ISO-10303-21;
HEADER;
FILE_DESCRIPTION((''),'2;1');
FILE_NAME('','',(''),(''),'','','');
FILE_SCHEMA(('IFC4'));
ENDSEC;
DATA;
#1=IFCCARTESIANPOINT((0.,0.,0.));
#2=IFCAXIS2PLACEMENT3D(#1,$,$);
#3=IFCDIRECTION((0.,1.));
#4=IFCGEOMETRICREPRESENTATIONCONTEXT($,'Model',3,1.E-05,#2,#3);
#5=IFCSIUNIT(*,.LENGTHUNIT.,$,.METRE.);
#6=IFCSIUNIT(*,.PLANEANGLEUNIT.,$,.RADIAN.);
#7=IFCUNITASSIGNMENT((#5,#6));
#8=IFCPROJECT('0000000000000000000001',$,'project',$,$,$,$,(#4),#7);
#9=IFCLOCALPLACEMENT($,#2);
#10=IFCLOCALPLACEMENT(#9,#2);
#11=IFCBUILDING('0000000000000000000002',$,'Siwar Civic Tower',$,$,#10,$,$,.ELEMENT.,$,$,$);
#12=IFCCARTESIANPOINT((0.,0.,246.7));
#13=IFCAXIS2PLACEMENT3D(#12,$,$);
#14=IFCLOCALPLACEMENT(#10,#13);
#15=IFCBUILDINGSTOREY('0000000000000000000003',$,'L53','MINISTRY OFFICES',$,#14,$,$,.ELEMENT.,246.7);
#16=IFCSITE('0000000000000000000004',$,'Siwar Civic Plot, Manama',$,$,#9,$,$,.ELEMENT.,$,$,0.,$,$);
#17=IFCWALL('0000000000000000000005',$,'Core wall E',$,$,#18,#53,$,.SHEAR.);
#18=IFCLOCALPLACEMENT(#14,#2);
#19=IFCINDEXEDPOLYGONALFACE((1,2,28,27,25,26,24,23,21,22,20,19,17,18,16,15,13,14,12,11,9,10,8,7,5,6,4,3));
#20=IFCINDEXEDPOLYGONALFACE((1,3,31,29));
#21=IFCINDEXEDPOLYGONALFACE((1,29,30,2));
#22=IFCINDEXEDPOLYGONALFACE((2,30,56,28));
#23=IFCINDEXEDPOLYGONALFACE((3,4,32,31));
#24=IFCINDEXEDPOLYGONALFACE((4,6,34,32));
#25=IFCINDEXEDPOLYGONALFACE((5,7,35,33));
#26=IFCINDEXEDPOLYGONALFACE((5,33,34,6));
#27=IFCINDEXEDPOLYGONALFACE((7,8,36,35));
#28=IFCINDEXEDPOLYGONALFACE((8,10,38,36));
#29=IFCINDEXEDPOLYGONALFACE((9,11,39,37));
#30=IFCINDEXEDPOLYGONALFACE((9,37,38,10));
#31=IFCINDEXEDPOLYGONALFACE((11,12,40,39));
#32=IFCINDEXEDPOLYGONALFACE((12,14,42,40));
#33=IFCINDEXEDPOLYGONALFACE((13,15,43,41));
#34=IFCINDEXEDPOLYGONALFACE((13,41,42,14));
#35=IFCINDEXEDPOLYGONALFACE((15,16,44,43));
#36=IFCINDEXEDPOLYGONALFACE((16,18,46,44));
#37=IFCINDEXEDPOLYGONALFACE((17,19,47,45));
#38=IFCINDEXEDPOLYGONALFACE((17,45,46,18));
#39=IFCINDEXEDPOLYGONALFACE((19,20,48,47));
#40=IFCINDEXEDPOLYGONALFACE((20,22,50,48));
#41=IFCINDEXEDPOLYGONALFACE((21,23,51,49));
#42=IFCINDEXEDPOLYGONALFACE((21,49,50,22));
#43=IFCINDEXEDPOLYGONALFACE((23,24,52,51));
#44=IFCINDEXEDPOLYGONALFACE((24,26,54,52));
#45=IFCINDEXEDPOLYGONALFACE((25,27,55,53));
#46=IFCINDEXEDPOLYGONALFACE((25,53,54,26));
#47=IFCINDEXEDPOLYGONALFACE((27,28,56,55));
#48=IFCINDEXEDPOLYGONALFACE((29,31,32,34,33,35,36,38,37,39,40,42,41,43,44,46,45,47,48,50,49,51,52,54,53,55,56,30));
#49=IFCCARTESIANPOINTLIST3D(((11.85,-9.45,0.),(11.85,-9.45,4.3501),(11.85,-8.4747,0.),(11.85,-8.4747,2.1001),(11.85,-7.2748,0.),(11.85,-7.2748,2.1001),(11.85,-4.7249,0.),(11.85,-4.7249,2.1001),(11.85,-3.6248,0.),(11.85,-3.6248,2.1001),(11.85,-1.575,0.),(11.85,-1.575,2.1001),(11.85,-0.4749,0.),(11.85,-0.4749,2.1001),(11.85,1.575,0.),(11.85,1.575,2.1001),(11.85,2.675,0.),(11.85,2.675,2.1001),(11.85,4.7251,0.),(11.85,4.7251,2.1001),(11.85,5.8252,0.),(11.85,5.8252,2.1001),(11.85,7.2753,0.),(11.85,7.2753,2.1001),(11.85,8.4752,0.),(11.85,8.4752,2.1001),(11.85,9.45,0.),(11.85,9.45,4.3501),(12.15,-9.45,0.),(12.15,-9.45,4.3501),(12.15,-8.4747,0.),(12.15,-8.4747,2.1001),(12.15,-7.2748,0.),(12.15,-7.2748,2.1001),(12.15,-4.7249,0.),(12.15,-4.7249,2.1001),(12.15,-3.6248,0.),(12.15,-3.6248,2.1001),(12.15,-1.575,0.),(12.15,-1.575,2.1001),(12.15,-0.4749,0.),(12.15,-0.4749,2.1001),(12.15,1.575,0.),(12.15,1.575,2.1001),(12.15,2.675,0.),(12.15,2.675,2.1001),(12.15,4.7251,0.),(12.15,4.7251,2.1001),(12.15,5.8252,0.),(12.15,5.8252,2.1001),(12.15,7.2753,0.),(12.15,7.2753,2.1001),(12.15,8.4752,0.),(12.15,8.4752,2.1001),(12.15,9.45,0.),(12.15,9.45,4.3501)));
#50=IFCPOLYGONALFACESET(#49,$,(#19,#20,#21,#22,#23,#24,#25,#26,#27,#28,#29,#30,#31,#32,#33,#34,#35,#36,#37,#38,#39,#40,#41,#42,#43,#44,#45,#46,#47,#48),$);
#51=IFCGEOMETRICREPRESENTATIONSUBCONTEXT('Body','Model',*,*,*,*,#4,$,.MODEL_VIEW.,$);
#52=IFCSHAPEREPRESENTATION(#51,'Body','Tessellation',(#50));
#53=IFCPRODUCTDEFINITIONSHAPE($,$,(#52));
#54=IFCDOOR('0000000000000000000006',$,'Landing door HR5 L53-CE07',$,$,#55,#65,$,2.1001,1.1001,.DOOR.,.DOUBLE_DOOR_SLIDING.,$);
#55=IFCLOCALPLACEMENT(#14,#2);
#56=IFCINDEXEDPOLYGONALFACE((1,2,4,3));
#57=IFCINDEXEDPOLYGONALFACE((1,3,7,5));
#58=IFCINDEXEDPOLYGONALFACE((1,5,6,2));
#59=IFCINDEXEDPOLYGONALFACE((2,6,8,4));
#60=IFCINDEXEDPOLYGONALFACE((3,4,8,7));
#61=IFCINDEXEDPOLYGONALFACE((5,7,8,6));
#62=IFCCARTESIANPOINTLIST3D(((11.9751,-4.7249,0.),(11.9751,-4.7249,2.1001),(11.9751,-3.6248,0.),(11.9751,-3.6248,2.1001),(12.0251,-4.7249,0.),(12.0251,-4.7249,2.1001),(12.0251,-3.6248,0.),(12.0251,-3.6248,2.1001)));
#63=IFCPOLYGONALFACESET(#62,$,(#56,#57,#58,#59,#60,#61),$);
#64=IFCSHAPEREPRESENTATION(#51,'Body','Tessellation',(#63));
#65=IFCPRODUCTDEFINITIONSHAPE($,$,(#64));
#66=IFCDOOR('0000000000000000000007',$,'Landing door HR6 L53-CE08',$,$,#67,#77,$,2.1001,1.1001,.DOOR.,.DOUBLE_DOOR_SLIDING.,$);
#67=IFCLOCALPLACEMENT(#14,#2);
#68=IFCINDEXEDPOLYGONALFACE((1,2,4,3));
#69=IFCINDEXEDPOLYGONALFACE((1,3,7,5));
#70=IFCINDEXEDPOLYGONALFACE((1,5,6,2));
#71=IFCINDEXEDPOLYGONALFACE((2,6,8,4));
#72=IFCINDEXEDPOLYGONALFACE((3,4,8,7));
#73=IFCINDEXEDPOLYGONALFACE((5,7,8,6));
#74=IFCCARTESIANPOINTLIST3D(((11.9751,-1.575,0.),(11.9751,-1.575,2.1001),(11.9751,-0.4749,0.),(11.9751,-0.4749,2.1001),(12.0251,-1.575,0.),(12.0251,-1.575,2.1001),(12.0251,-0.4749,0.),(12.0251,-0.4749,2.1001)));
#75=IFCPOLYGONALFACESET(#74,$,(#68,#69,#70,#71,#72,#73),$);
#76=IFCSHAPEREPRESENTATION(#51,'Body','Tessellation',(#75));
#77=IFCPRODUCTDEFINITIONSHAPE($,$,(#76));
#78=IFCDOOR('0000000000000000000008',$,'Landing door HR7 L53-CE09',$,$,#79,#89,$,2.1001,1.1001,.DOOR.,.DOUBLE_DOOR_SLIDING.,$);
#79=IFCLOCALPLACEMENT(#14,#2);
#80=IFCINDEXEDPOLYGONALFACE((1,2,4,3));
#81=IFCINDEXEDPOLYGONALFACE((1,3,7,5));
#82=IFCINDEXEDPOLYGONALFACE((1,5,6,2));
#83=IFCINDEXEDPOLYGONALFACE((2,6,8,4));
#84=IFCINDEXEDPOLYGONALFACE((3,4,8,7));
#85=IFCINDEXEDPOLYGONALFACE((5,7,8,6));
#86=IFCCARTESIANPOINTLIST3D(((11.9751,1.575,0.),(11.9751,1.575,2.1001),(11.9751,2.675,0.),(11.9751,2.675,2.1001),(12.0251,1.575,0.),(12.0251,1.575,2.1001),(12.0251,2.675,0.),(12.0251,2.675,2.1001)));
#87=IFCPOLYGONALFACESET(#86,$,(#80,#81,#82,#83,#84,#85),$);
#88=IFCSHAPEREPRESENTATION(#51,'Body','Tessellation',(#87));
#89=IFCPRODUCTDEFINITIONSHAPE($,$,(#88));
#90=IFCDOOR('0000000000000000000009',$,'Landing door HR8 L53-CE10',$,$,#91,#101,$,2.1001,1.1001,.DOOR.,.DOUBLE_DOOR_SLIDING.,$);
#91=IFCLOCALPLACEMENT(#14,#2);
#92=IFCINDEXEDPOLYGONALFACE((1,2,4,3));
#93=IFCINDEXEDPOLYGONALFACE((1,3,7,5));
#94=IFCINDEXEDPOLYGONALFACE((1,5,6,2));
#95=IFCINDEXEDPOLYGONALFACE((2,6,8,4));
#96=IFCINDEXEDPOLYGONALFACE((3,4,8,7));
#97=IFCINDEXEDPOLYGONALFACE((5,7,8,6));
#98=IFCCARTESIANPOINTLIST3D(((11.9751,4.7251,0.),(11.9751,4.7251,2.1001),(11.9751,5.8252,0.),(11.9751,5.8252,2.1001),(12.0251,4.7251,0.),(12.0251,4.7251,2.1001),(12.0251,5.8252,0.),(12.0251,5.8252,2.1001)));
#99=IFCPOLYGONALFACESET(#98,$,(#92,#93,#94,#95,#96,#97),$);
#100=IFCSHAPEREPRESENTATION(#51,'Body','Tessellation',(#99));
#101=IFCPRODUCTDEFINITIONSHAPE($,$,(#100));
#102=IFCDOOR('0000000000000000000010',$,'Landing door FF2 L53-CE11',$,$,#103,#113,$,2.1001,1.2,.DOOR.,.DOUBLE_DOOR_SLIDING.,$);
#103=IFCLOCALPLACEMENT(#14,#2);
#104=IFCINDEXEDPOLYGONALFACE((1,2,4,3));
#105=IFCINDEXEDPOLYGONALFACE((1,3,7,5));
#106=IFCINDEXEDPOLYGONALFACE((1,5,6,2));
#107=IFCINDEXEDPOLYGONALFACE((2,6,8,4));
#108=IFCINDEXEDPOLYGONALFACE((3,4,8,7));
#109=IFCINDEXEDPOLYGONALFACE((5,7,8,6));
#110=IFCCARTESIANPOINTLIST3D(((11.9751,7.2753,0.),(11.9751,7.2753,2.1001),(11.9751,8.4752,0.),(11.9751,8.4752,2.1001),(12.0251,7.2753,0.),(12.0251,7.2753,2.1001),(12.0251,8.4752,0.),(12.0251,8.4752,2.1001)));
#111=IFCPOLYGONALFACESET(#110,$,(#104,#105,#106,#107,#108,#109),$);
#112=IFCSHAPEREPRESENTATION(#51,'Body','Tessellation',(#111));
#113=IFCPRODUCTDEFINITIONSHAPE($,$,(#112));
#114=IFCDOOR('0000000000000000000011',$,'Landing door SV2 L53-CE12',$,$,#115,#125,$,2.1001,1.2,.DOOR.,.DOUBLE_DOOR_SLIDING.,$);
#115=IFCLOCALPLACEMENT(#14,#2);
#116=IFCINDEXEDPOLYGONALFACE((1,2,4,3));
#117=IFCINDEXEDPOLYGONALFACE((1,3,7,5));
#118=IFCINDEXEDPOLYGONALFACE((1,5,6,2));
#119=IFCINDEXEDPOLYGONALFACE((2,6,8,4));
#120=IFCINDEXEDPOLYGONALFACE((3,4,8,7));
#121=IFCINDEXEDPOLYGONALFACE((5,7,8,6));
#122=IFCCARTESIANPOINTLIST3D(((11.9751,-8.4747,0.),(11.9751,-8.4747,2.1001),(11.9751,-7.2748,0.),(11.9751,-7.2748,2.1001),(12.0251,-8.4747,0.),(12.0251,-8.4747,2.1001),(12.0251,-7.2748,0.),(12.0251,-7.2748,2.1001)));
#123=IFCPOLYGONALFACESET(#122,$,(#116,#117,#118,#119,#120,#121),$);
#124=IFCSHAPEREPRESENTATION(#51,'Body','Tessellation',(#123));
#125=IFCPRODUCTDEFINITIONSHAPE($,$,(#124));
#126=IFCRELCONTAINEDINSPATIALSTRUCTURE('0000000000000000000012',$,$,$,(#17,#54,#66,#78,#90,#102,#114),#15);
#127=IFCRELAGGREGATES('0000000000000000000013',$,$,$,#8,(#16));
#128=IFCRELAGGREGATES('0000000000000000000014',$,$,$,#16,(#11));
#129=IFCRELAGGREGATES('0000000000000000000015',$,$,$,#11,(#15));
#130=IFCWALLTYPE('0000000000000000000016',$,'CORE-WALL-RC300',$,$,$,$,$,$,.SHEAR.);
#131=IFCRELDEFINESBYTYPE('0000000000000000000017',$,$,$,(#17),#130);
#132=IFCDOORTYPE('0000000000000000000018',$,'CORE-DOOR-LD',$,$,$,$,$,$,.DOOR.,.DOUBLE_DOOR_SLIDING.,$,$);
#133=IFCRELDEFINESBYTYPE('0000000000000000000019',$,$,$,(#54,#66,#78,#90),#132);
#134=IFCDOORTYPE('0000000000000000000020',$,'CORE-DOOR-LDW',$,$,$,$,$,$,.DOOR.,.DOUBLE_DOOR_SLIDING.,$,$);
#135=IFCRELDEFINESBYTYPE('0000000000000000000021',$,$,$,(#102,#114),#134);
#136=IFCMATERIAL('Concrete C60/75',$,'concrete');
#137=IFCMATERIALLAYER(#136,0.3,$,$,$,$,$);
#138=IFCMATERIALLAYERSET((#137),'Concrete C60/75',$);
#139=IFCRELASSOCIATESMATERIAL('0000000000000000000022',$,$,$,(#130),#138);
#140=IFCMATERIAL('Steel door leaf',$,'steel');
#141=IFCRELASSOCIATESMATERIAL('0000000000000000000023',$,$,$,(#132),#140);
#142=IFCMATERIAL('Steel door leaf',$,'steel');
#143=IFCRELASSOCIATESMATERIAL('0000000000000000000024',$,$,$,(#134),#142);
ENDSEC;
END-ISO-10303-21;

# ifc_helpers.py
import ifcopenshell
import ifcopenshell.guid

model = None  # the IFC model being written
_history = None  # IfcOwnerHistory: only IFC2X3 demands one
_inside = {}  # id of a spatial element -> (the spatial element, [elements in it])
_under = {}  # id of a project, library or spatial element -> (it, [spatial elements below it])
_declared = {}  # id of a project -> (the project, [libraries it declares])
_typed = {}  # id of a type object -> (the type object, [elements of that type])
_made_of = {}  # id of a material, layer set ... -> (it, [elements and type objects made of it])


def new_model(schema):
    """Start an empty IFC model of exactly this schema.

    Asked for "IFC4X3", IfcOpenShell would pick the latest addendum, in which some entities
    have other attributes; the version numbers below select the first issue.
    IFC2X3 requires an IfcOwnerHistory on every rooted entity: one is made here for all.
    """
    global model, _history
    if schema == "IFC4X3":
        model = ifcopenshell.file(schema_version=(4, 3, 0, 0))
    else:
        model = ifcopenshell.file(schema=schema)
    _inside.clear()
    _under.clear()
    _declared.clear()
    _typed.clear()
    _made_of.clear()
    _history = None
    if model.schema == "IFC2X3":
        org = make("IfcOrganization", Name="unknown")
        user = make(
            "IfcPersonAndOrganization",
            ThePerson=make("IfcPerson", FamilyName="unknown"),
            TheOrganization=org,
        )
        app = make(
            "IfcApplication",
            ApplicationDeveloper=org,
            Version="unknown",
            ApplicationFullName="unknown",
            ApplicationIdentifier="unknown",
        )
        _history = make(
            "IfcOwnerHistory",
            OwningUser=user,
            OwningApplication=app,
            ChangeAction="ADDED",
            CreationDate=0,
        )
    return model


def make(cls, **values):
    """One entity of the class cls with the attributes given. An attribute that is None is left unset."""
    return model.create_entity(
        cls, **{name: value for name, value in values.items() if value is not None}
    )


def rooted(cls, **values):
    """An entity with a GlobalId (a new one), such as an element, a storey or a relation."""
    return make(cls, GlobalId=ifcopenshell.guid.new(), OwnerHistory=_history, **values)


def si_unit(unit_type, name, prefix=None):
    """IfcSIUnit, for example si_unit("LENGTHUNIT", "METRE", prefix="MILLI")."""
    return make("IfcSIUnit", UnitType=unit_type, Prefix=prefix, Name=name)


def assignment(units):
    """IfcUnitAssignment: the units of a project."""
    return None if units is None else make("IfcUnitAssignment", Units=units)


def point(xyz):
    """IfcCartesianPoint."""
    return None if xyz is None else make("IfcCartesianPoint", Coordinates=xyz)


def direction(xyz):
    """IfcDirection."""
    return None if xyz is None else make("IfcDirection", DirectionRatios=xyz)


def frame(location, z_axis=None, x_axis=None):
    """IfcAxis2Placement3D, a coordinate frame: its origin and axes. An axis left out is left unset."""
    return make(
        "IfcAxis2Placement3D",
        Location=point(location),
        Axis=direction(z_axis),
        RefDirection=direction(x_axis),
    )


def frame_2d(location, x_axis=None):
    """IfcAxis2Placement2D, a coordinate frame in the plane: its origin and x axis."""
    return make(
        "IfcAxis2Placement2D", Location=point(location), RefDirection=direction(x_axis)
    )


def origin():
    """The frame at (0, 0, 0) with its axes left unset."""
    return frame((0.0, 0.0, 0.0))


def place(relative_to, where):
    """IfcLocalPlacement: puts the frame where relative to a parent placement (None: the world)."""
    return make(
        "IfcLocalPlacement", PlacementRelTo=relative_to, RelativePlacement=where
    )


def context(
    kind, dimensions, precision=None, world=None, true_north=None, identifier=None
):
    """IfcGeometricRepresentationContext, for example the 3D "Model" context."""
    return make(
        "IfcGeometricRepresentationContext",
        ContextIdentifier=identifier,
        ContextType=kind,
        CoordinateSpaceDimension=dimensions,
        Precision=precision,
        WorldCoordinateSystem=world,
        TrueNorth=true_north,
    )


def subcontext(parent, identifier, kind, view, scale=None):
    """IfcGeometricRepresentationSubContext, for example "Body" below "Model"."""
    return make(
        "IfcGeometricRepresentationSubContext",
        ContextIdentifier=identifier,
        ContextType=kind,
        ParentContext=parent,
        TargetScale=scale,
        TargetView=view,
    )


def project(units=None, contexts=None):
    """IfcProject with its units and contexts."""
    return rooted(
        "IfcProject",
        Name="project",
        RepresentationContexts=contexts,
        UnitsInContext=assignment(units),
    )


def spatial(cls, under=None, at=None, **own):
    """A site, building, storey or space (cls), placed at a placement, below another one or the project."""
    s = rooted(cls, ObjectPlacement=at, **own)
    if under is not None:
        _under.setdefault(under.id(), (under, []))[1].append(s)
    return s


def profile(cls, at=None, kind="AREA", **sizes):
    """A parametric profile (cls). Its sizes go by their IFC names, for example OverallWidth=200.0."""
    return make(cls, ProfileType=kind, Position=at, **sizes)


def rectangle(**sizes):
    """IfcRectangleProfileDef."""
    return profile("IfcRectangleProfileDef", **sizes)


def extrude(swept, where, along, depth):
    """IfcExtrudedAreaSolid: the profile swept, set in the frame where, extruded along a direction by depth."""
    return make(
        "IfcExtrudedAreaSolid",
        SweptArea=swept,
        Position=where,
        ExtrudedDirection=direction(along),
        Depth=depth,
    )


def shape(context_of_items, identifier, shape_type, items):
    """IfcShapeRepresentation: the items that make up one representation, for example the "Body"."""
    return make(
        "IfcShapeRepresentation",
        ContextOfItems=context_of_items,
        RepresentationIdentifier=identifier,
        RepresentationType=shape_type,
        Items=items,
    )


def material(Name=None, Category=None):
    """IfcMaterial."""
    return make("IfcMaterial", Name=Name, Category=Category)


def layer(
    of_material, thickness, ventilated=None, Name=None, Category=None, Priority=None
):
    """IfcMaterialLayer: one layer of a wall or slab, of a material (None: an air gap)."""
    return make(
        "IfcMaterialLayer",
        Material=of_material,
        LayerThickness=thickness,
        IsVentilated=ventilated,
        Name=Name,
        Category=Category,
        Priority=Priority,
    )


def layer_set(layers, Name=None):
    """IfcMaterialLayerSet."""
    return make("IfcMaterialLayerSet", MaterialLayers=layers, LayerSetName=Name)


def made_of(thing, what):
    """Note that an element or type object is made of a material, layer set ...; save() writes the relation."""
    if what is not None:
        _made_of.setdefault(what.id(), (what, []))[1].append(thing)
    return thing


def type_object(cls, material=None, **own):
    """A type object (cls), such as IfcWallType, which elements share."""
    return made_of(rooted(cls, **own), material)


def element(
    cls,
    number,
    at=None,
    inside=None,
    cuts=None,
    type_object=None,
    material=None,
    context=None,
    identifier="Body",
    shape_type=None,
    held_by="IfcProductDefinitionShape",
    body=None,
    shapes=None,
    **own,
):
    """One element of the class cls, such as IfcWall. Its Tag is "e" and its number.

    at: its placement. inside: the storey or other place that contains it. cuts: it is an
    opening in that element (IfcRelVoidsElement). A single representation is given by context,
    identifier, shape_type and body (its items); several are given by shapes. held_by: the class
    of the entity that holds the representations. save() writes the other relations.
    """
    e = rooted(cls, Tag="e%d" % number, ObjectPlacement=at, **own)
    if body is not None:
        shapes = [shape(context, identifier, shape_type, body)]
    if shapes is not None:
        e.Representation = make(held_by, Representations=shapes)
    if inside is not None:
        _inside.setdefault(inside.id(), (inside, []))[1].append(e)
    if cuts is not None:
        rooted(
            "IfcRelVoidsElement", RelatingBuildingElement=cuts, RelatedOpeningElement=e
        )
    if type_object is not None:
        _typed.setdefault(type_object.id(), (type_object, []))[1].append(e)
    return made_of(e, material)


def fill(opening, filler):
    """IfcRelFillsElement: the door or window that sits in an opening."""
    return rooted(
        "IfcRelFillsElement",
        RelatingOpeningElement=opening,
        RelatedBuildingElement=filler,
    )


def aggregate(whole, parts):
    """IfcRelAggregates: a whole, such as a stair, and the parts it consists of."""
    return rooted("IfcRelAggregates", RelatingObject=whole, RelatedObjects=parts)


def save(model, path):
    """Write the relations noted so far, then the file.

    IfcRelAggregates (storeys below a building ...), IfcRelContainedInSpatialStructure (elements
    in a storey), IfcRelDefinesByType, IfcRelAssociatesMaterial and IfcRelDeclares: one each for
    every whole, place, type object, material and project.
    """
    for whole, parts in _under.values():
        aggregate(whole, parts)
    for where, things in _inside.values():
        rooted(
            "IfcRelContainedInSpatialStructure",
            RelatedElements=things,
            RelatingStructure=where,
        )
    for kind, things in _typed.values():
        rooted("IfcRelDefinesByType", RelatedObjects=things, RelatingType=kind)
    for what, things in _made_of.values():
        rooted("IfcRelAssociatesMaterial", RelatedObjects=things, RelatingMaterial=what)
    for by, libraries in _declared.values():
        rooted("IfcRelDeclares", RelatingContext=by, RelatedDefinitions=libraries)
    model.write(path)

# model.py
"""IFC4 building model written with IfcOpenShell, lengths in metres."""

from ifc_helpers import new_model, si_unit, direction, frame, frame_2d, origin, place, context, subcontext, project, spatial, rectangle, extrude, material, layer, layer_set, type_object, element, fill, save


model = new_model("IFC4")

# Units and contexts
model_context = context("Model", 3, precision=1e-05, world=origin(), true_north=direction((0.0, 1.0)))
body_context = subcontext(model_context, "Body", "Model", "MODEL_VIEW")
ifc_project = project(units=[si_unit("LENGTHUNIT", "METRE"), si_unit("PLANEANGLEUNIT", "RADIAN")], contexts=[model_context])

# Site, building, storey
site_placement = place(None, origin())
site = spatial("IfcSite", under=ifc_project, at=site_placement, Name="Siwar Civic Plot, Manama", CompositionType="ELEMENT", RefElevation=0.0)
building_placement = place(site_placement, origin())
building = spatial("IfcBuilding", under=site, at=building_placement, Name="Siwar Civic Tower", CompositionType="ELEMENT")
storey_placement = place(building_placement, frame((0.0, 0.0, 246.7)))
storey = spatial("IfcBuildingStorey", under=building, at=storey_placement, Name="L53", Description="MINISTRY OFFICES", CompositionType="ELEMENT", Elevation=246.7)

# Wall, openings, doors
ifc_material_1 = material(Name="Concrete C60/75", Category="concrete")
ifc_layer_1 = layer(ifc_material_1, 0.3)
ifc_layer_set_1 = layer_set([ifc_layer_1], Name="Concrete C60/75")
wall_type_1 = type_object("IfcWallType", Name="CORE-WALL-RC300", PredefinedType="SHEAR", material=ifc_layer_set_1)
wall_1_placement = place(storey_placement, frame((12.0, -9.45, 0.0), z_axis=(0.0, 0.0, 1.0), x_axis=(0.0, 1.0, 0.0)))
wall_1 = element("IfcWall", 1, at=wall_1_placement, inside=storey, type_object=wall_type_1, Name="Core wall E", PredefinedType="SHEAR", context=body_context, shape_type="SweptSolid", body=[
    extrude(rectangle(XDim=18.8999, YDim=0.3, at=frame_2d((9.45, 0.0))), origin(), (0.0, 0.0, 1.0), 4.3501),
])
opening_1_placement = place(wall_1_placement, frame((4.7251, 0.0, 0.0)))
opening_1 = element("IfcOpeningElement", 2, at=opening_1_placement, cuts=wall_1, PredefinedType="OPENING", context=body_context, shape_type="SweptSolid", body=[
    extrude(rectangle(XDim=1.1001, YDim=2.1001, at=frame_2d((0.55, 1.05))), frame((0.0, 0.1602, 0.0), z_axis=(0.0, -1.0, 0.0), x_axis=(1.0, 0.0, 0.0)), (0.0, 0.0, 1.0), 0.3201),
])
opening_2_placement = place(wall_1_placement, frame((7.875, 0.0, 0.0)))
opening_2 = element("IfcOpeningElement", 3, at=opening_2_placement, cuts=wall_1, PredefinedType="OPENING", context=body_context, shape_type="SweptSolid", body=[
    extrude(rectangle(XDim=1.1001, YDim=2.1001, at=frame_2d((0.55, 1.05))), frame((0.0, 0.1602, 0.0), z_axis=(0.0, -1.0, 0.0), x_axis=(1.0, 0.0, 0.0)), (0.0, 0.0, 1.0), 0.3201),
])
opening_3_placement = place(wall_1_placement, frame((11.0249, 0.0, 0.0)))
opening_3 = element("IfcOpeningElement", 4, at=opening_3_placement, cuts=wall_1, PredefinedType="OPENING", context=body_context, shape_type="SweptSolid", body=[
    extrude(rectangle(XDim=1.1001, YDim=2.1001, at=frame_2d((0.55, 1.05))), frame((0.0, 0.1602, 0.0), z_axis=(0.0, -1.0, 0.0), x_axis=(1.0, 0.0, 0.0)), (0.0, 0.0, 1.0), 0.3201),
])
opening_4_placement = place(wall_1_placement, frame((14.175, 0.0, 0.0)))
opening_4 = element("IfcOpeningElement", 5, at=opening_4_placement, cuts=wall_1, PredefinedType="OPENING", context=body_context, shape_type="SweptSolid", body=[
    extrude(rectangle(XDim=1.1001, YDim=2.1001, at=frame_2d((0.55, 1.05))), frame((0.0, 0.1602, 0.0), z_axis=(0.0, -1.0, 0.0), x_axis=(1.0, 0.0, 0.0)), (0.0, 0.0, 1.0), 0.3201),
])
opening_5_placement = place(wall_1_placement, frame((16.7251, 0.0, 0.0)))
opening_5 = element("IfcOpeningElement", 6, at=opening_5_placement, cuts=wall_1, PredefinedType="OPENING", context=body_context, shape_type="SweptSolid", body=[
    extrude(rectangle(XDim=1.2, YDim=2.1001, at=frame_2d((0.6001, 1.05))), frame((0.0, 0.1602, 0.0), z_axis=(0.0, -1.0, 0.0), x_axis=(1.0, 0.0, 0.0)), (0.0, 0.0, 1.0), 0.3201),
])
opening_6_placement = place(wall_1_placement, frame((0.9751, 0.0, 0.0)))
opening_6 = element("IfcOpeningElement", 7, at=opening_6_placement, cuts=wall_1, PredefinedType="OPENING", context=body_context, shape_type="SweptSolid", body=[
    extrude(rectangle(XDim=1.2, YDim=2.1001, at=frame_2d((0.6001, 1.05))), frame((0.0, 0.1602, 0.0), z_axis=(0.0, -1.0, 0.0), x_axis=(1.0, 0.0, 0.0)), (0.0, 0.0, 1.0), 0.3201),
])
ifc_material_2 = material(Name="Steel door leaf", Category="steel")
door_type_1 = type_object("IfcDoorType", Name="CORE-DOOR-LD", OperationType="DOUBLE_DOOR_SLIDING", PredefinedType="DOOR", material=ifc_material_2)
door_1_placement = place(opening_1_placement, origin())
door_1 = element("IfcDoor", 8, at=door_1_placement, inside=storey, type_object=door_type_1, Name="Landing door HR5 L53-CE07", OperationType="DOUBLE_DOOR_SLIDING", OverallHeight=2.1001, OverallWidth=1.1001, PredefinedType="DOOR", context=body_context, shape_type="SweptSolid", body=[
    extrude(rectangle(XDim=1.1001, YDim=2.1001, at=frame_2d((0.55, 1.05))), frame((0.0, 0.0249, 0.0), z_axis=(0.0, -1.0, 0.0), x_axis=(1.0, 0.0, 0.0)), (0.0, 0.0, 1.0), 0.05),
])
fill(opening_1, door_1)
door_2_placement = place(opening_2_placement, origin())
door_2 = element("IfcDoor", 9, at=door_2_placement, inside=storey, type_object=door_type_1, Name="Landing door HR6 L53-CE08", OperationType="DOUBLE_DOOR_SLIDING", OverallHeight=2.1001, OverallWidth=1.1001, PredefinedType="DOOR", context=body_context, shape_type="SweptSolid", body=[
    extrude(rectangle(XDim=1.1001, YDim=2.1001, at=frame_2d((0.55, 1.05))), frame((0.0, 0.0249, 0.0), z_axis=(0.0, -1.0, 0.0), x_axis=(1.0, 0.0, 0.0)), (0.0, 0.0, 1.0), 0.05),
])
fill(opening_2, door_2)
door_3_placement = place(opening_3_placement, origin())
door_3 = element("IfcDoor", 10, at=door_3_placement, inside=storey, type_object=door_type_1, Name="Landing door HR7 L53-CE09", OperationType="DOUBLE_DOOR_SLIDING", OverallHeight=2.1001, OverallWidth=1.1001, PredefinedType="DOOR", context=body_context, shape_type="SweptSolid", body=[
    extrude(rectangle(XDim=1.1001, YDim=2.1001, at=frame_2d((0.55, 1.05))), frame((0.0, 0.0249, 0.0), z_axis=(0.0, -1.0, 0.0), x_axis=(1.0, 0.0, 0.0)), (0.0, 0.0, 1.0), 0.05),
])
fill(opening_3, door_3)
door_4_placement = place(opening_4_placement, origin())
door_4 = element("IfcDoor", 11, at=door_4_placement, inside=storey, type_object=door_type_1, Name="Landing door HR8 L53-CE10", OperationType="DOUBLE_DOOR_SLIDING", OverallHeight=2.1001, OverallWidth=1.1001, PredefinedType="DOOR", context=body_context, shape_type="SweptSolid", body=[
    extrude(rectangle(XDim=1.1001, YDim=2.1001, at=frame_2d((0.55, 1.05))), frame((0.0, 0.0249, 0.0), z_axis=(0.0, -1.0, 0.0), x_axis=(1.0, 0.0, 0.0)), (0.0, 0.0, 1.0), 0.05),
])
fill(opening_4, door_4)
ifc_material_3 = material(Name="Steel door leaf", Category="steel")
door_type_2 = type_object("IfcDoorType", Name="CORE-DOOR-LDW", OperationType="DOUBLE_DOOR_SLIDING", PredefinedType="DOOR", material=ifc_material_3)
door_5_placement = place(opening_5_placement, origin())
door_5 = element("IfcDoor", 12, at=door_5_placement, inside=storey, type_object=door_type_2, Name="Landing door FF2 L53-CE11", OperationType="DOUBLE_DOOR_SLIDING", OverallHeight=2.1001, OverallWidth=1.2, PredefinedType="DOOR", context=body_context, shape_type="SweptSolid", body=[
    extrude(rectangle(XDim=1.2, YDim=2.1001, at=frame_2d((0.6001, 1.05))), frame((0.0, 0.0249, 0.0), z_axis=(0.0, -1.0, 0.0), x_axis=(1.0, 0.0, 0.0)), (0.0, 0.0, 1.0), 0.05),
])
fill(opening_5, door_5)
door_6_placement = place(opening_6_placement, origin())
door_6 = element("IfcDoor", 13, at=door_6_placement, inside=storey, type_object=door_type_2, Name="Landing door SV2 L53-CE12", OperationType="DOUBLE_DOOR_SLIDING", OverallHeight=2.1001, OverallWidth=1.2, PredefinedType="DOOR", context=body_context, shape_type="SweptSolid", body=[
    extrude(rectangle(XDim=1.2, YDim=2.1001, at=frame_2d((0.6001, 1.05))), frame((0.0, 0.0249, 0.0), z_axis=(0.0, -1.0, 0.0), x_axis=(1.0, 0.0, 0.0)), (0.0, 0.0, 1.0), 0.05),
])
fill(opening_6, door_6)

save(model, "model.ifc")
